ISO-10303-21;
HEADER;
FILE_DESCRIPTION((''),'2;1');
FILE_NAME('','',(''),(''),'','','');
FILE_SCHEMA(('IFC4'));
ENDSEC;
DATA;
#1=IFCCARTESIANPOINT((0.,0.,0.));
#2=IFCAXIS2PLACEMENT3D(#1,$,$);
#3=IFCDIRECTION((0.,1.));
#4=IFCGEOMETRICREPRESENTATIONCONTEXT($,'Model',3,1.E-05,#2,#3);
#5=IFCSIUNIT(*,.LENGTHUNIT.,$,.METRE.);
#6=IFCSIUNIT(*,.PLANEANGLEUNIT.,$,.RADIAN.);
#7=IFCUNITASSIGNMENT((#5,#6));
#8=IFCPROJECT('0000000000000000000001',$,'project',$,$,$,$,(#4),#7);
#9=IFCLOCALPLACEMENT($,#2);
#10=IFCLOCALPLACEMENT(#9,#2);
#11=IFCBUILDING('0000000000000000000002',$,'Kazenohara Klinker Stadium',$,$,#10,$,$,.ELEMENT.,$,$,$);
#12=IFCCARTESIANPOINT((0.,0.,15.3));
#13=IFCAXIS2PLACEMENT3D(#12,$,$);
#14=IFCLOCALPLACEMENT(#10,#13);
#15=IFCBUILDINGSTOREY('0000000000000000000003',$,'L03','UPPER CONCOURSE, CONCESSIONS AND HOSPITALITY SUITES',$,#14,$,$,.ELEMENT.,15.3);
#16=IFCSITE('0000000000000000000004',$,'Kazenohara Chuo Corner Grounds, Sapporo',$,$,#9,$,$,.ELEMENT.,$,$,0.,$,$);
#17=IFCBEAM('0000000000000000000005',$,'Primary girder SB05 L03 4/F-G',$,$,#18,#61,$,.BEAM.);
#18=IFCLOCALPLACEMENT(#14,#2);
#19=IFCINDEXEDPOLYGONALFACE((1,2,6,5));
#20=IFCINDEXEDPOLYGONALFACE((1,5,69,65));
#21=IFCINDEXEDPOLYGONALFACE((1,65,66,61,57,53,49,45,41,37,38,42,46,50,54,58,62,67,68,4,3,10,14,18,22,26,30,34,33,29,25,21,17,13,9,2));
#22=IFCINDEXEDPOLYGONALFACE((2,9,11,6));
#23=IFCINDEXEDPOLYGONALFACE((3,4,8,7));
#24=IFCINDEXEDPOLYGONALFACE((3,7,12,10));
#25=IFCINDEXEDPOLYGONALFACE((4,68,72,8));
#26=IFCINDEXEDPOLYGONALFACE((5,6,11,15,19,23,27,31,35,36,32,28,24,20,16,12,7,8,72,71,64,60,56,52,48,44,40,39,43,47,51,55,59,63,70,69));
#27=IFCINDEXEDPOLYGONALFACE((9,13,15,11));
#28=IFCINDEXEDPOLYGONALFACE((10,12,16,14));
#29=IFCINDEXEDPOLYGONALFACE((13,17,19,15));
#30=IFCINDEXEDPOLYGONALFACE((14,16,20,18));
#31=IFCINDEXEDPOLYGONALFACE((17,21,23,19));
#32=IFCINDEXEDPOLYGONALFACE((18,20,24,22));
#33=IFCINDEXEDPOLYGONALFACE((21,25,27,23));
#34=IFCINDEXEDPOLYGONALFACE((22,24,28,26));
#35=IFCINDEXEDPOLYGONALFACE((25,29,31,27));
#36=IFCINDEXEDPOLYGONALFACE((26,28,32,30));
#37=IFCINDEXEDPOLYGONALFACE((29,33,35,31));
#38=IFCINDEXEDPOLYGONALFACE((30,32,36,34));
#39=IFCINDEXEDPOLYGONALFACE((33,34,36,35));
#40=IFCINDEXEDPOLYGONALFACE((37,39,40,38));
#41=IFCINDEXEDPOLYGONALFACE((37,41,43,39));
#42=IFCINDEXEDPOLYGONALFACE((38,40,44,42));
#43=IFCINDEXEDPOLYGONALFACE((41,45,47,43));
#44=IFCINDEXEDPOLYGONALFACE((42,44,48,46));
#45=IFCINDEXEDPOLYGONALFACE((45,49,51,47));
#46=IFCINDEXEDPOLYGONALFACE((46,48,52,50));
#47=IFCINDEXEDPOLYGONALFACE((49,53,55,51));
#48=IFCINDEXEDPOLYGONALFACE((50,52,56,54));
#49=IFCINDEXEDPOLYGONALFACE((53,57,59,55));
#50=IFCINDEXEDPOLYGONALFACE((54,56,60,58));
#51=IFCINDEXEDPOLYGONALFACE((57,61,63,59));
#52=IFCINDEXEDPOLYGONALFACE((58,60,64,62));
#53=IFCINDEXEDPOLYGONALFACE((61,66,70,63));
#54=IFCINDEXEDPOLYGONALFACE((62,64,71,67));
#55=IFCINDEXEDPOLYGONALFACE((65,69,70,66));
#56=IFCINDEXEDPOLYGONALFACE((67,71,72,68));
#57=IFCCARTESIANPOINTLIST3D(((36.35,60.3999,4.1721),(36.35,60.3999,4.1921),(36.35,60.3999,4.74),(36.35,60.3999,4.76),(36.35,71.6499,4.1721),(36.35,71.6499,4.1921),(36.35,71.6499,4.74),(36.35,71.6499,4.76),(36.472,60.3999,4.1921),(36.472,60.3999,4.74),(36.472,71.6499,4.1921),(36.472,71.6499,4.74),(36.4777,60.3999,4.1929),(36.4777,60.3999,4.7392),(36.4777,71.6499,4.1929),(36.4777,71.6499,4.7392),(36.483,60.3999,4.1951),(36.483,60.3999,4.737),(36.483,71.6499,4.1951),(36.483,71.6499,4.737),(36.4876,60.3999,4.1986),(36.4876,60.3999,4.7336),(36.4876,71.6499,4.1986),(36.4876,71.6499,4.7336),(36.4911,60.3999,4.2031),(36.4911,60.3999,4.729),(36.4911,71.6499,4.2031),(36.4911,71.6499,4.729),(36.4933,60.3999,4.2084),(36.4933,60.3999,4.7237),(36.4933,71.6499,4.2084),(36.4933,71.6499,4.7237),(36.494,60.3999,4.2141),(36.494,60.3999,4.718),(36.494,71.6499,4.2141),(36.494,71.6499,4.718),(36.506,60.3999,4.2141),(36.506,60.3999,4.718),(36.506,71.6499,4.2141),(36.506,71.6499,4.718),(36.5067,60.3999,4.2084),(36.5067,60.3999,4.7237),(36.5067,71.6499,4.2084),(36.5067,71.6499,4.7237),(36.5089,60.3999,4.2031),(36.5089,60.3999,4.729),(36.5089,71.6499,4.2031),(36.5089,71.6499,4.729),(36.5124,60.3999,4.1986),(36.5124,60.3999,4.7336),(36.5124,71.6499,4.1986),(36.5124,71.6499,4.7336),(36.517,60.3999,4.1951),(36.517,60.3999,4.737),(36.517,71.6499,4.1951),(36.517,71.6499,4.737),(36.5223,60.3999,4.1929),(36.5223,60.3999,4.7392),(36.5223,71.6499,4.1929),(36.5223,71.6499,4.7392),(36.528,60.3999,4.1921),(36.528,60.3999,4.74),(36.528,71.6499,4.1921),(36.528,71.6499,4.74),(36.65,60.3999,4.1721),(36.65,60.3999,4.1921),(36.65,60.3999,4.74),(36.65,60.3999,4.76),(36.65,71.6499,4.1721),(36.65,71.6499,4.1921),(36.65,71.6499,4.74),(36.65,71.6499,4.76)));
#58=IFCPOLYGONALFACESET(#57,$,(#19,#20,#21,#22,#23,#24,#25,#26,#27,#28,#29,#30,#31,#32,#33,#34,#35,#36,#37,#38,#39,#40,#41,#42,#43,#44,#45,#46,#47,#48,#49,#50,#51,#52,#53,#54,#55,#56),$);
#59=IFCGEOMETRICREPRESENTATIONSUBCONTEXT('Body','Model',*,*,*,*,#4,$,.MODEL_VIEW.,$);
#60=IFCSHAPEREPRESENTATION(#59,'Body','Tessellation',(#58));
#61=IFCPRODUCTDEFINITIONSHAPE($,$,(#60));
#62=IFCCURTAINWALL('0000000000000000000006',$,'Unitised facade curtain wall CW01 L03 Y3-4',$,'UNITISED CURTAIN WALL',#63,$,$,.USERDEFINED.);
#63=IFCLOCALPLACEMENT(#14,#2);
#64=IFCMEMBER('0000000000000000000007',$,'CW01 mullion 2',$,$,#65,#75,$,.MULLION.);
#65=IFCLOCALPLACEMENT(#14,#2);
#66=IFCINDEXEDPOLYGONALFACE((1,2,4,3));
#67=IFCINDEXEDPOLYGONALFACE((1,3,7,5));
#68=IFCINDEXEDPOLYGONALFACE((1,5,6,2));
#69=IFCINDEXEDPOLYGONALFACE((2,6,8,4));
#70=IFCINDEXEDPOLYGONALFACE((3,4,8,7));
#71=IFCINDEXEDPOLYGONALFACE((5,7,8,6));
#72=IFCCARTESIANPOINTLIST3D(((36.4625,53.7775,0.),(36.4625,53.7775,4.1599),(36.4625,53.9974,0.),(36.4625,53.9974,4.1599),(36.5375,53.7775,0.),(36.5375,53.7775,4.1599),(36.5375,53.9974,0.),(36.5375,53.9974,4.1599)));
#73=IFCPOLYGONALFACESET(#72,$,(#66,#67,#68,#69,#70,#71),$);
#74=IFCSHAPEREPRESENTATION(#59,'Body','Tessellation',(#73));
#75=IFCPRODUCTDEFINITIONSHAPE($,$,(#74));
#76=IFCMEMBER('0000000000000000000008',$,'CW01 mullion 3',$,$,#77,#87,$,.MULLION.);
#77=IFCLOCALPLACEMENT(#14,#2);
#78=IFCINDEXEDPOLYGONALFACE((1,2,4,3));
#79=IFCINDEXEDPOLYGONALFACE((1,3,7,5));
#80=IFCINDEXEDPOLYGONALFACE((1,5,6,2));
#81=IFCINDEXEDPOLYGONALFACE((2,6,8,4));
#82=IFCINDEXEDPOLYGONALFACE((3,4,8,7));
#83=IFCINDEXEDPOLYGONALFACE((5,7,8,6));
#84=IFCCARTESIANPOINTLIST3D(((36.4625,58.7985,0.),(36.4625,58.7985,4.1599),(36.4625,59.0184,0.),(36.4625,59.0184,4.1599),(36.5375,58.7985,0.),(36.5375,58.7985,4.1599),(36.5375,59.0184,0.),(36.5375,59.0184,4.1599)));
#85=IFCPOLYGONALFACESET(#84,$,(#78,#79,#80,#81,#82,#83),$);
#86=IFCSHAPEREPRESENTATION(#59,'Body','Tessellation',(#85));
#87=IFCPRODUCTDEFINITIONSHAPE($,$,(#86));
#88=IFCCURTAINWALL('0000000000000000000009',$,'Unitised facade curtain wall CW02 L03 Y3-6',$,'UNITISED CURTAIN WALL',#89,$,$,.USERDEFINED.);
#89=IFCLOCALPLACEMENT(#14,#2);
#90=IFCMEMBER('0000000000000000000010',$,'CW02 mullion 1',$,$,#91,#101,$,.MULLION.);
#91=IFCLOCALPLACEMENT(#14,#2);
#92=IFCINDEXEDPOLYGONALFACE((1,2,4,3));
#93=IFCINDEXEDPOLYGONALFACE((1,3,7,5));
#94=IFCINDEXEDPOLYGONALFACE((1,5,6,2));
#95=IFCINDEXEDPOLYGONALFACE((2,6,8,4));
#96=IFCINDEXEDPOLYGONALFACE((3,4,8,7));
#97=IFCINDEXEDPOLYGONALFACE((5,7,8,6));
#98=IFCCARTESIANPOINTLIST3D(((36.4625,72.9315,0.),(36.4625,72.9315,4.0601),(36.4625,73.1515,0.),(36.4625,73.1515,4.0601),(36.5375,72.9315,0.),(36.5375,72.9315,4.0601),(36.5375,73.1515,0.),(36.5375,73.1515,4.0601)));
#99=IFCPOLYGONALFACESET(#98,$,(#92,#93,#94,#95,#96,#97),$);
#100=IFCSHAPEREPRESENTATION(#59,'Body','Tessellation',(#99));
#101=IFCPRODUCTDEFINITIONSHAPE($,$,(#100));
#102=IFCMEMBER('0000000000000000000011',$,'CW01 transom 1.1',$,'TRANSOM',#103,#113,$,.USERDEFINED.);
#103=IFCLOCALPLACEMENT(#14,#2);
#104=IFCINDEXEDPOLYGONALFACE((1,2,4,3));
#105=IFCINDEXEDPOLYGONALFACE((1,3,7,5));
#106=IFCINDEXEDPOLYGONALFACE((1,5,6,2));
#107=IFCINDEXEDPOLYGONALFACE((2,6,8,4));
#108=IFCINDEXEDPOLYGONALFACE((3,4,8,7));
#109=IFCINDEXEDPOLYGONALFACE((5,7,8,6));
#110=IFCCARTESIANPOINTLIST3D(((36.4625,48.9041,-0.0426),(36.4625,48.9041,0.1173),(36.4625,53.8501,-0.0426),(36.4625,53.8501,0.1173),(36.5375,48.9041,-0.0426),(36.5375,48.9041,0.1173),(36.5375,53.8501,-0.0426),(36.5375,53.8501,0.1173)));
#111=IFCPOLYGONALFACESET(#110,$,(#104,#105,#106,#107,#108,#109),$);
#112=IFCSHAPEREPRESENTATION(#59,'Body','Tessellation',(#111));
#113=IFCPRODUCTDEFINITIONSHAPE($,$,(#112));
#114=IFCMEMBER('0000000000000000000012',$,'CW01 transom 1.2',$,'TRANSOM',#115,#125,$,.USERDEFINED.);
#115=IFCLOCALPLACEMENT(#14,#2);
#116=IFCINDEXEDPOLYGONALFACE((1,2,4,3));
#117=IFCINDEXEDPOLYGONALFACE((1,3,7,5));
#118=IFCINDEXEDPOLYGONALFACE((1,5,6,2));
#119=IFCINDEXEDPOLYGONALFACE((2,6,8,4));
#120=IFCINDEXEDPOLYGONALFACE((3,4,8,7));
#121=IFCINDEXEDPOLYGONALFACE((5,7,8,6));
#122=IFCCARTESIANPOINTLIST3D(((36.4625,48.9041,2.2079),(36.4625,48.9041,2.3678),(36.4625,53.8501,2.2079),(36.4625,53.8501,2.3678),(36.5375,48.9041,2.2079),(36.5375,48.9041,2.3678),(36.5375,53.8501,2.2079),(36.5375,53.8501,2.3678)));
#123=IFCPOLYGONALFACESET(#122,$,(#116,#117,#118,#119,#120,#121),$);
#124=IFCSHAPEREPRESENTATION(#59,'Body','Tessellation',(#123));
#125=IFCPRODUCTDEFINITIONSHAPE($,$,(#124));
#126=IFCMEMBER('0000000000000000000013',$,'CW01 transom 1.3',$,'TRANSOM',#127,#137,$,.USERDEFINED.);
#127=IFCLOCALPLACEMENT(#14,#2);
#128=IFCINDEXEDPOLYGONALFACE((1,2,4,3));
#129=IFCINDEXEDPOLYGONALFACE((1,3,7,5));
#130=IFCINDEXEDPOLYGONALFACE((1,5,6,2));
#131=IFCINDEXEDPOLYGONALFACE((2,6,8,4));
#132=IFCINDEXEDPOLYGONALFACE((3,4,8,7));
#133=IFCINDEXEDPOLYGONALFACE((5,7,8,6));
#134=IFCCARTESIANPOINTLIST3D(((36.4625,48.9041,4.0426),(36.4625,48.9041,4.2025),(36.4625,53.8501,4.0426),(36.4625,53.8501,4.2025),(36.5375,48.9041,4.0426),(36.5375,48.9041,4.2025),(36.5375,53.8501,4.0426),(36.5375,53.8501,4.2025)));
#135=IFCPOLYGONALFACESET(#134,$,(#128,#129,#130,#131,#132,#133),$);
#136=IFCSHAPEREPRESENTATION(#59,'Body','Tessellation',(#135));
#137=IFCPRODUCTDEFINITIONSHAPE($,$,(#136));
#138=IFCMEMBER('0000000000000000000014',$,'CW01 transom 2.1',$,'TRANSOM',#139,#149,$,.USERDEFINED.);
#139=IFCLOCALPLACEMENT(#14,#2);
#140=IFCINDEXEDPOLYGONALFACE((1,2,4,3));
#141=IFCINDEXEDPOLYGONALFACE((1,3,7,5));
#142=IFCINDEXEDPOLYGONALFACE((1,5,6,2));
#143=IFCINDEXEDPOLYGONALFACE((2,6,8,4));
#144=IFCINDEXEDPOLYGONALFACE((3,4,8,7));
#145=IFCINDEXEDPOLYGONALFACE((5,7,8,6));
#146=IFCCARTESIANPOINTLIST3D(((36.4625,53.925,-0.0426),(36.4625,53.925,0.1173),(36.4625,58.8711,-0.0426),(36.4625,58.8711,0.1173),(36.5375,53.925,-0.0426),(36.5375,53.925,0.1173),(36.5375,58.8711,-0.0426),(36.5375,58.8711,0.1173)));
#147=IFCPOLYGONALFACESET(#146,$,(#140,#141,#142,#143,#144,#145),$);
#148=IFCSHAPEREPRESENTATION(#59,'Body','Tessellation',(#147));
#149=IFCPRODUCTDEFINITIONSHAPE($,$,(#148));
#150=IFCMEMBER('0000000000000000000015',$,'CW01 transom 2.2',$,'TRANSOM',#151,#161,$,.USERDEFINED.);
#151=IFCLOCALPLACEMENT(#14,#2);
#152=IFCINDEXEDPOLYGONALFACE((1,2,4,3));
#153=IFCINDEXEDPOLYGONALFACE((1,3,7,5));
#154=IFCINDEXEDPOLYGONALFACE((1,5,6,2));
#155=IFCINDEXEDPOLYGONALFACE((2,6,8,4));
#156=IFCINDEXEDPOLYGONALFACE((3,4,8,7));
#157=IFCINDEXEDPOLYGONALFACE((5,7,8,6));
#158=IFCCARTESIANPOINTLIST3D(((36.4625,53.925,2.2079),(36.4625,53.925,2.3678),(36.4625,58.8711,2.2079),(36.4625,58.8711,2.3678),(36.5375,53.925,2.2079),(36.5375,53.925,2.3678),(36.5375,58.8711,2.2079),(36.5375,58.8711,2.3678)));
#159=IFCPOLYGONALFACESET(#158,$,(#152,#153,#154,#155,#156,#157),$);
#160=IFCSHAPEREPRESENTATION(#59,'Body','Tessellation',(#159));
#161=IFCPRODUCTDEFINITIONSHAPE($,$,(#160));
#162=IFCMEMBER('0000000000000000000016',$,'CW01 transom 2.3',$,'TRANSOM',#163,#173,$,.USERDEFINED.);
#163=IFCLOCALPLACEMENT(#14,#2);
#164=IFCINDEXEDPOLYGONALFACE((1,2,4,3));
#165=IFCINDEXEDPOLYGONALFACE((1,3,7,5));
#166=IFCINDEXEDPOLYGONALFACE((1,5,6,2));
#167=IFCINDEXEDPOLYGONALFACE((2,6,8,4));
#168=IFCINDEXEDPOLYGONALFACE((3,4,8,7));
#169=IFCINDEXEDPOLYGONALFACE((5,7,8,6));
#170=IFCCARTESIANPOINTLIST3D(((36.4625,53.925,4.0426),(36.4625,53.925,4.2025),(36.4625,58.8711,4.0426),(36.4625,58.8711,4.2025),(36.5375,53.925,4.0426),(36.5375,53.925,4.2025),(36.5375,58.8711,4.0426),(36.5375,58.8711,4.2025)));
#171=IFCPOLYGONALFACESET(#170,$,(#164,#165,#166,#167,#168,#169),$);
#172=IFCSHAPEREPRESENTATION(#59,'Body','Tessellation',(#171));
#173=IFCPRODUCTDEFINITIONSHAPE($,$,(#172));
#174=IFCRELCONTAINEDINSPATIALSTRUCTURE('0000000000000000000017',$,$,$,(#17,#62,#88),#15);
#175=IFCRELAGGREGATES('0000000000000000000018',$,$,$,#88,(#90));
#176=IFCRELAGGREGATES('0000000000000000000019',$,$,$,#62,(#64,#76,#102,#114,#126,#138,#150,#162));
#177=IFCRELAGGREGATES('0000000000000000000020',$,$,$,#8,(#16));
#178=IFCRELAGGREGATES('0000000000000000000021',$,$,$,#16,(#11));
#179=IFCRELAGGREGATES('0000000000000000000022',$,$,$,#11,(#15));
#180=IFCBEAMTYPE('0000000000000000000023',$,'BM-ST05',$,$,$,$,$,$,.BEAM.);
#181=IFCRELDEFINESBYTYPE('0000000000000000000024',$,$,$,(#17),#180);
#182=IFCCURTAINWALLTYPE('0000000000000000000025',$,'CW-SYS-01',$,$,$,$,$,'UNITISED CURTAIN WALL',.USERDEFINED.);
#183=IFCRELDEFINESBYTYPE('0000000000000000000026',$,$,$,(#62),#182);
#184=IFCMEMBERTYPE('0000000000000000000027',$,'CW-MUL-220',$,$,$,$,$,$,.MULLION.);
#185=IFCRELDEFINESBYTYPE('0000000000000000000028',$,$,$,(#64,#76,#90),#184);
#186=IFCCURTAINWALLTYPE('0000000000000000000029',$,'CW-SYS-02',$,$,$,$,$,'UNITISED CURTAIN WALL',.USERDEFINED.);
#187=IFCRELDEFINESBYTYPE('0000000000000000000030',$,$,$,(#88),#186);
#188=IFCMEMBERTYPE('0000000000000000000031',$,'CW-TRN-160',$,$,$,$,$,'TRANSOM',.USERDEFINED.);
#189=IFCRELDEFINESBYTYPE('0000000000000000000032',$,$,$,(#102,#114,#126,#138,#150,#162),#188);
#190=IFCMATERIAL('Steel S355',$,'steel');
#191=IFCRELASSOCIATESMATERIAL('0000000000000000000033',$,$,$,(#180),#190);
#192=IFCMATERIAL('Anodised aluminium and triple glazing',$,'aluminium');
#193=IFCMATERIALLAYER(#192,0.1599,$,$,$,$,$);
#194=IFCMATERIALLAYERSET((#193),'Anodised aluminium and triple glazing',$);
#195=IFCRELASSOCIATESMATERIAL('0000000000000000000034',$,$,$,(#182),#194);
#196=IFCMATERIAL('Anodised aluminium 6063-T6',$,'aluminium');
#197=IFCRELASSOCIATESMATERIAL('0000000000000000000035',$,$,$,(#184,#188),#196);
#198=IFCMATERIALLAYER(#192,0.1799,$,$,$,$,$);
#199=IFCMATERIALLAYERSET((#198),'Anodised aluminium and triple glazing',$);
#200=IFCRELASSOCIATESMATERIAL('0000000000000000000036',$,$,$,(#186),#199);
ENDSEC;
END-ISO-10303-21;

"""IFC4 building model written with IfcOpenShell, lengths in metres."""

from ifc_helpers import new_model, si_unit, direction, frame, origin, origin_2d, place, context, subcontext, project, spatial, rectangle, i_section, extrude, material, layer, layer_set, material_profile, profile_set, type_object, element, aggregate, save


model = new_model("IFC4")

# Units and contexts
model_context = context("Model", 3, precision=1e-05, world=origin(), true_north=direction((0.0, 1.0)))
body_context = subcontext(model_context, "Body", "Model", "MODEL_VIEW")
ifc_project = project(units=[si_unit("LENGTHUNIT", "METRE"), si_unit("PLANEANGLEUNIT", "RADIAN")], contexts=[model_context])

# Site, building, storey
site_placement = place(None, origin())
site = spatial("IfcSite", under=ifc_project, at=site_placement, Name="Kazenohara Chuo Corner Grounds, Sapporo", CompositionType="ELEMENT", RefElevation=0.0)
building_placement = place(site_placement, origin())
building = spatial("IfcBuilding", under=site, at=building_placement, Name="Kazenohara Klinker Stadium", CompositionType="ELEMENT")
storey_placement = place(building_placement, frame((0.0, 0.0, 15.3)))
storey = spatial("IfcBuildingStorey", under=building, at=storey_placement, Name="L03", Description="UPPER CONCOURSE, CONCESSIONS AND HOSPITALITY SUITES", CompositionType="ELEMENT", Elevation=15.3)

# Shared definitions
ifc_material_1 = material(Name="Steel S355", Category="steel")

# Beam
ifc_material_profile_1 = material_profile(ifc_material_1, i_section(OverallWidth=0.3, OverallDepth=0.5879, WebThickness=0.012, FlangeThickness=0.02, FilletRadius=0.022, at=origin_2d()), Name="H-588x300x12x20")
ifc_profile_set_1 = profile_set([ifc_material_profile_1], Name="Steel S355")
beam_type_1 = type_object("IfcBeamType", Name="BM-ST05", PredefinedType="BEAM", material=ifc_profile_set_1)
for number, where, z_axis, x_axis, name in (
    (1, (36.5, 60.3999, 4.4661), (0.0, 1.0, 0.0), (-1.0, 0.0, 0.0), "Primary girder SB05 L03 4/F-G"),
):
    element("IfcBeam", number, at=place(storey_placement, frame(where, z_axis=z_axis, x_axis=x_axis)), inside=storey, type_object=beam_type_1, Name=name, PredefinedType="BEAM", context=body_context, shape_type="SweptSolid", body=[
        extrude(i_section(OverallWidth=0.3, OverallDepth=0.5879, WebThickness=0.012, FlangeThickness=0.02, FilletRadius=0.022, at=origin_2d()), origin(), (0.0, 0.0, 1.0), 11.25),
    ])

# Curtain wall, members
ifc_material_2 = material(Name="Anodised aluminium and triple glazing", Category="aluminium")
ifc_layer_1 = layer(ifc_material_2, 0.1599)
ifc_layer_set_1 = layer_set([ifc_layer_1], Name="Anodised aluminium and triple glazing")
curtain_wall_type_1 = type_object("IfcCurtainWallType", Name="CW-SYS-01", ElementType="UNITISED CURTAIN WALL", PredefinedType="USERDEFINED", material=ifc_layer_set_1)
curtain_wall_1_placement = place(storey_placement, origin())
curtain_wall_1 = element("IfcCurtainWall", 2, at=curtain_wall_1_placement, inside=storey, type_object=curtain_wall_type_1, Name="Unitised facade curtain wall CW01 L03 Y3-4", ObjectType="UNITISED CURTAIN WALL", PredefinedType="USERDEFINED")
ifc_material_3 = material(Name="Anodised aluminium 6063-T6", Category="aluminium")
ifc_material_profile_2 = material_profile(ifc_material_3, rectangle(XDim=0.075, YDim=0.22, at=origin_2d()), Name="ALU-MUL-75x220")
ifc_profile_set_2 = profile_set([ifc_material_profile_2], Name="Anodised aluminium 6063-T6")
member_type_1 = type_object("IfcMemberType", Name="CW-MUL-220", PredefinedType="MULLION", material=ifc_profile_set_2)
member_1_placement = place(storey_placement, frame((36.5, 53.8875, 0.0), z_axis=(0.0, 0.0, 1.0), x_axis=(-1.0, 0.0, 0.0)))
member_1 = element("IfcMember", 3, at=member_1_placement, type_object=member_type_1, Name="CW01 mullion 2", PredefinedType="MULLION", context=body_context, shape_type="SweptSolid", body=[
    extrude(rectangle(XDim=0.075, YDim=0.22, at=origin_2d()), origin(), (0.0, 0.0, 1.0), 4.1599),
])
member_2_placement = place(storey_placement, frame((36.5, 58.9084, 0.0), z_axis=(0.0, 0.0, 1.0), x_axis=(-1.0, 0.0, 0.0)))
member_2 = element("IfcMember", 4, at=member_2_placement, type_object=member_type_1, Name="CW01 mullion 3", PredefinedType="MULLION", context=body_context, shape_type="SweptSolid", body=[
    extrude(rectangle(XDim=0.075, YDim=0.22, at=origin_2d()), origin(), (0.0, 0.0, 1.0), 4.1599),
])

# Curtain wall, member
ifc_layer_2 = layer(ifc_material_2, 0.1799)
ifc_layer_set_2 = layer_set([ifc_layer_2], Name="Anodised aluminium and triple glazing")
curtain_wall_type_2 = type_object("IfcCurtainWallType", Name="CW-SYS-02", ElementType="UNITISED CURTAIN WALL", PredefinedType="USERDEFINED", material=ifc_layer_set_2)
curtain_wall_2_placement = place(storey_placement, origin())
curtain_wall_2 = element("IfcCurtainWall", 5, at=curtain_wall_2_placement, inside=storey, type_object=curtain_wall_type_2, Name="Unitised facade curtain wall CW02 L03 Y3-6", ObjectType="UNITISED CURTAIN WALL", PredefinedType="USERDEFINED")
member_3_placement = place(storey_placement, frame((36.5, 73.0415, 0.0), z_axis=(0.0, 0.0, 1.0), x_axis=(-1.0, 0.0, 0.0)))
member_3 = element("IfcMember", 6, at=member_3_placement, type_object=member_type_1, Name="CW02 mullion 1", PredefinedType="MULLION", context=body_context, shape_type="SweptSolid", body=[
    extrude(rectangle(XDim=0.075, YDim=0.22, at=origin_2d()), origin(), (0.0, 0.0, 1.0), 4.0601),
])
aggregate(curtain_wall_2, [member_3])

# Members
ifc_material_profile_3 = material_profile(ifc_material_3, rectangle(XDim=0.075, YDim=0.1599, at=origin_2d()), Name="ALU-TRN-75x160")
ifc_profile_set_3 = profile_set([ifc_material_profile_3], Name="Anodised aluminium 6063-T6")
member_type_2 = type_object("IfcMemberType", Name="CW-TRN-160", ElementType="TRANSOM", PredefinedType="USERDEFINED", material=ifc_profile_set_3)
member_4_placement = place(storey_placement, frame((36.5, 48.9041, 0.0374), z_axis=(0.0, 1.0, 0.0), x_axis=(-1.0, 0.0, 0.0)))
member_4 = element("IfcMember", 7, at=member_4_placement, type_object=member_type_2, Name="CW01 transom 1.1", ObjectType="TRANSOM", PredefinedType="USERDEFINED", context=body_context, shape_type="SweptSolid", body=[
    extrude(rectangle(XDim=0.075, YDim=0.1599, at=origin_2d()), origin(), (0.0, 0.0, 1.0), 4.946),
])
member_5_placement = place(storey_placement, frame((36.5, 48.9041, 2.2878), z_axis=(0.0, 1.0, 0.0), x_axis=(-1.0, 0.0, 0.0)))
member_5 = element("IfcMember", 8, at=member_5_placement, type_object=member_type_2, Name="CW01 transom 1.2", ObjectType="TRANSOM", PredefinedType="USERDEFINED", context=body_context, shape_type="SweptSolid", body=[
    extrude(rectangle(XDim=0.075, YDim=0.1599, at=origin_2d()), origin(), (0.0, 0.0, 1.0), 4.946),
])
member_6_placement = place(storey_placement, frame((36.5, 48.9041, 4.1226), z_axis=(0.0, 1.0, 0.0), x_axis=(-1.0, 0.0, 0.0)))
member_6 = element("IfcMember", 9, at=member_6_placement, type_object=member_type_2, Name="CW01 transom 1.3", ObjectType="TRANSOM", PredefinedType="USERDEFINED", context=body_context, shape_type="SweptSolid", body=[
    extrude(rectangle(XDim=0.075, YDim=0.1599, at=origin_2d()), origin(), (0.0, 0.0, 1.0), 4.946),
])
member_7_placement = place(storey_placement, frame((36.5, 53.925, 0.0374), z_axis=(0.0, 1.0, 0.0), x_axis=(-1.0, 0.0, 0.0)))
member_7 = element("IfcMember", 10, at=member_7_placement, type_object=member_type_2, Name="CW01 transom 2.1", ObjectType="TRANSOM", PredefinedType="USERDEFINED", context=body_context, shape_type="SweptSolid", body=[
    extrude(rectangle(XDim=0.075, YDim=0.1599, at=origin_2d()), origin(), (0.0, 0.0, 1.0), 4.946),
])
member_8_placement = place(storey_placement, frame((36.5, 53.925, 2.2878), z_axis=(0.0, 1.0, 0.0), x_axis=(-1.0, 0.0, 0.0)))
member_8 = element("IfcMember", 11, at=member_8_placement, type_object=member_type_2, Name="CW01 transom 2.2", ObjectType="TRANSOM", PredefinedType="USERDEFINED", context=body_context, shape_type="SweptSolid", body=[
    extrude(rectangle(XDim=0.075, YDim=0.1599, at=origin_2d()), origin(), (0.0, 0.0, 1.0), 4.946),
])
member_9_placement = place(storey_placement, frame((36.5, 53.925, 4.1226), z_axis=(0.0, 1.0, 0.0), x_axis=(-1.0, 0.0, 0.0)))
member_9 = element("IfcMember", 12, at=member_9_placement, type_object=member_type_2, Name="CW01 transom 2.3", ObjectType="TRANSOM", PredefinedType="USERDEFINED", context=body_context, shape_type="SweptSolid", body=[
    extrude(rectangle(XDim=0.075, YDim=0.1599, at=origin_2d()), origin(), (0.0, 0.0, 1.0), 4.946),
])

aggregate(curtain_wall_1, [member_1, member_2, member_4, member_5, member_6, member_7, member_8, member_9])

save(model, "model.ifc")
